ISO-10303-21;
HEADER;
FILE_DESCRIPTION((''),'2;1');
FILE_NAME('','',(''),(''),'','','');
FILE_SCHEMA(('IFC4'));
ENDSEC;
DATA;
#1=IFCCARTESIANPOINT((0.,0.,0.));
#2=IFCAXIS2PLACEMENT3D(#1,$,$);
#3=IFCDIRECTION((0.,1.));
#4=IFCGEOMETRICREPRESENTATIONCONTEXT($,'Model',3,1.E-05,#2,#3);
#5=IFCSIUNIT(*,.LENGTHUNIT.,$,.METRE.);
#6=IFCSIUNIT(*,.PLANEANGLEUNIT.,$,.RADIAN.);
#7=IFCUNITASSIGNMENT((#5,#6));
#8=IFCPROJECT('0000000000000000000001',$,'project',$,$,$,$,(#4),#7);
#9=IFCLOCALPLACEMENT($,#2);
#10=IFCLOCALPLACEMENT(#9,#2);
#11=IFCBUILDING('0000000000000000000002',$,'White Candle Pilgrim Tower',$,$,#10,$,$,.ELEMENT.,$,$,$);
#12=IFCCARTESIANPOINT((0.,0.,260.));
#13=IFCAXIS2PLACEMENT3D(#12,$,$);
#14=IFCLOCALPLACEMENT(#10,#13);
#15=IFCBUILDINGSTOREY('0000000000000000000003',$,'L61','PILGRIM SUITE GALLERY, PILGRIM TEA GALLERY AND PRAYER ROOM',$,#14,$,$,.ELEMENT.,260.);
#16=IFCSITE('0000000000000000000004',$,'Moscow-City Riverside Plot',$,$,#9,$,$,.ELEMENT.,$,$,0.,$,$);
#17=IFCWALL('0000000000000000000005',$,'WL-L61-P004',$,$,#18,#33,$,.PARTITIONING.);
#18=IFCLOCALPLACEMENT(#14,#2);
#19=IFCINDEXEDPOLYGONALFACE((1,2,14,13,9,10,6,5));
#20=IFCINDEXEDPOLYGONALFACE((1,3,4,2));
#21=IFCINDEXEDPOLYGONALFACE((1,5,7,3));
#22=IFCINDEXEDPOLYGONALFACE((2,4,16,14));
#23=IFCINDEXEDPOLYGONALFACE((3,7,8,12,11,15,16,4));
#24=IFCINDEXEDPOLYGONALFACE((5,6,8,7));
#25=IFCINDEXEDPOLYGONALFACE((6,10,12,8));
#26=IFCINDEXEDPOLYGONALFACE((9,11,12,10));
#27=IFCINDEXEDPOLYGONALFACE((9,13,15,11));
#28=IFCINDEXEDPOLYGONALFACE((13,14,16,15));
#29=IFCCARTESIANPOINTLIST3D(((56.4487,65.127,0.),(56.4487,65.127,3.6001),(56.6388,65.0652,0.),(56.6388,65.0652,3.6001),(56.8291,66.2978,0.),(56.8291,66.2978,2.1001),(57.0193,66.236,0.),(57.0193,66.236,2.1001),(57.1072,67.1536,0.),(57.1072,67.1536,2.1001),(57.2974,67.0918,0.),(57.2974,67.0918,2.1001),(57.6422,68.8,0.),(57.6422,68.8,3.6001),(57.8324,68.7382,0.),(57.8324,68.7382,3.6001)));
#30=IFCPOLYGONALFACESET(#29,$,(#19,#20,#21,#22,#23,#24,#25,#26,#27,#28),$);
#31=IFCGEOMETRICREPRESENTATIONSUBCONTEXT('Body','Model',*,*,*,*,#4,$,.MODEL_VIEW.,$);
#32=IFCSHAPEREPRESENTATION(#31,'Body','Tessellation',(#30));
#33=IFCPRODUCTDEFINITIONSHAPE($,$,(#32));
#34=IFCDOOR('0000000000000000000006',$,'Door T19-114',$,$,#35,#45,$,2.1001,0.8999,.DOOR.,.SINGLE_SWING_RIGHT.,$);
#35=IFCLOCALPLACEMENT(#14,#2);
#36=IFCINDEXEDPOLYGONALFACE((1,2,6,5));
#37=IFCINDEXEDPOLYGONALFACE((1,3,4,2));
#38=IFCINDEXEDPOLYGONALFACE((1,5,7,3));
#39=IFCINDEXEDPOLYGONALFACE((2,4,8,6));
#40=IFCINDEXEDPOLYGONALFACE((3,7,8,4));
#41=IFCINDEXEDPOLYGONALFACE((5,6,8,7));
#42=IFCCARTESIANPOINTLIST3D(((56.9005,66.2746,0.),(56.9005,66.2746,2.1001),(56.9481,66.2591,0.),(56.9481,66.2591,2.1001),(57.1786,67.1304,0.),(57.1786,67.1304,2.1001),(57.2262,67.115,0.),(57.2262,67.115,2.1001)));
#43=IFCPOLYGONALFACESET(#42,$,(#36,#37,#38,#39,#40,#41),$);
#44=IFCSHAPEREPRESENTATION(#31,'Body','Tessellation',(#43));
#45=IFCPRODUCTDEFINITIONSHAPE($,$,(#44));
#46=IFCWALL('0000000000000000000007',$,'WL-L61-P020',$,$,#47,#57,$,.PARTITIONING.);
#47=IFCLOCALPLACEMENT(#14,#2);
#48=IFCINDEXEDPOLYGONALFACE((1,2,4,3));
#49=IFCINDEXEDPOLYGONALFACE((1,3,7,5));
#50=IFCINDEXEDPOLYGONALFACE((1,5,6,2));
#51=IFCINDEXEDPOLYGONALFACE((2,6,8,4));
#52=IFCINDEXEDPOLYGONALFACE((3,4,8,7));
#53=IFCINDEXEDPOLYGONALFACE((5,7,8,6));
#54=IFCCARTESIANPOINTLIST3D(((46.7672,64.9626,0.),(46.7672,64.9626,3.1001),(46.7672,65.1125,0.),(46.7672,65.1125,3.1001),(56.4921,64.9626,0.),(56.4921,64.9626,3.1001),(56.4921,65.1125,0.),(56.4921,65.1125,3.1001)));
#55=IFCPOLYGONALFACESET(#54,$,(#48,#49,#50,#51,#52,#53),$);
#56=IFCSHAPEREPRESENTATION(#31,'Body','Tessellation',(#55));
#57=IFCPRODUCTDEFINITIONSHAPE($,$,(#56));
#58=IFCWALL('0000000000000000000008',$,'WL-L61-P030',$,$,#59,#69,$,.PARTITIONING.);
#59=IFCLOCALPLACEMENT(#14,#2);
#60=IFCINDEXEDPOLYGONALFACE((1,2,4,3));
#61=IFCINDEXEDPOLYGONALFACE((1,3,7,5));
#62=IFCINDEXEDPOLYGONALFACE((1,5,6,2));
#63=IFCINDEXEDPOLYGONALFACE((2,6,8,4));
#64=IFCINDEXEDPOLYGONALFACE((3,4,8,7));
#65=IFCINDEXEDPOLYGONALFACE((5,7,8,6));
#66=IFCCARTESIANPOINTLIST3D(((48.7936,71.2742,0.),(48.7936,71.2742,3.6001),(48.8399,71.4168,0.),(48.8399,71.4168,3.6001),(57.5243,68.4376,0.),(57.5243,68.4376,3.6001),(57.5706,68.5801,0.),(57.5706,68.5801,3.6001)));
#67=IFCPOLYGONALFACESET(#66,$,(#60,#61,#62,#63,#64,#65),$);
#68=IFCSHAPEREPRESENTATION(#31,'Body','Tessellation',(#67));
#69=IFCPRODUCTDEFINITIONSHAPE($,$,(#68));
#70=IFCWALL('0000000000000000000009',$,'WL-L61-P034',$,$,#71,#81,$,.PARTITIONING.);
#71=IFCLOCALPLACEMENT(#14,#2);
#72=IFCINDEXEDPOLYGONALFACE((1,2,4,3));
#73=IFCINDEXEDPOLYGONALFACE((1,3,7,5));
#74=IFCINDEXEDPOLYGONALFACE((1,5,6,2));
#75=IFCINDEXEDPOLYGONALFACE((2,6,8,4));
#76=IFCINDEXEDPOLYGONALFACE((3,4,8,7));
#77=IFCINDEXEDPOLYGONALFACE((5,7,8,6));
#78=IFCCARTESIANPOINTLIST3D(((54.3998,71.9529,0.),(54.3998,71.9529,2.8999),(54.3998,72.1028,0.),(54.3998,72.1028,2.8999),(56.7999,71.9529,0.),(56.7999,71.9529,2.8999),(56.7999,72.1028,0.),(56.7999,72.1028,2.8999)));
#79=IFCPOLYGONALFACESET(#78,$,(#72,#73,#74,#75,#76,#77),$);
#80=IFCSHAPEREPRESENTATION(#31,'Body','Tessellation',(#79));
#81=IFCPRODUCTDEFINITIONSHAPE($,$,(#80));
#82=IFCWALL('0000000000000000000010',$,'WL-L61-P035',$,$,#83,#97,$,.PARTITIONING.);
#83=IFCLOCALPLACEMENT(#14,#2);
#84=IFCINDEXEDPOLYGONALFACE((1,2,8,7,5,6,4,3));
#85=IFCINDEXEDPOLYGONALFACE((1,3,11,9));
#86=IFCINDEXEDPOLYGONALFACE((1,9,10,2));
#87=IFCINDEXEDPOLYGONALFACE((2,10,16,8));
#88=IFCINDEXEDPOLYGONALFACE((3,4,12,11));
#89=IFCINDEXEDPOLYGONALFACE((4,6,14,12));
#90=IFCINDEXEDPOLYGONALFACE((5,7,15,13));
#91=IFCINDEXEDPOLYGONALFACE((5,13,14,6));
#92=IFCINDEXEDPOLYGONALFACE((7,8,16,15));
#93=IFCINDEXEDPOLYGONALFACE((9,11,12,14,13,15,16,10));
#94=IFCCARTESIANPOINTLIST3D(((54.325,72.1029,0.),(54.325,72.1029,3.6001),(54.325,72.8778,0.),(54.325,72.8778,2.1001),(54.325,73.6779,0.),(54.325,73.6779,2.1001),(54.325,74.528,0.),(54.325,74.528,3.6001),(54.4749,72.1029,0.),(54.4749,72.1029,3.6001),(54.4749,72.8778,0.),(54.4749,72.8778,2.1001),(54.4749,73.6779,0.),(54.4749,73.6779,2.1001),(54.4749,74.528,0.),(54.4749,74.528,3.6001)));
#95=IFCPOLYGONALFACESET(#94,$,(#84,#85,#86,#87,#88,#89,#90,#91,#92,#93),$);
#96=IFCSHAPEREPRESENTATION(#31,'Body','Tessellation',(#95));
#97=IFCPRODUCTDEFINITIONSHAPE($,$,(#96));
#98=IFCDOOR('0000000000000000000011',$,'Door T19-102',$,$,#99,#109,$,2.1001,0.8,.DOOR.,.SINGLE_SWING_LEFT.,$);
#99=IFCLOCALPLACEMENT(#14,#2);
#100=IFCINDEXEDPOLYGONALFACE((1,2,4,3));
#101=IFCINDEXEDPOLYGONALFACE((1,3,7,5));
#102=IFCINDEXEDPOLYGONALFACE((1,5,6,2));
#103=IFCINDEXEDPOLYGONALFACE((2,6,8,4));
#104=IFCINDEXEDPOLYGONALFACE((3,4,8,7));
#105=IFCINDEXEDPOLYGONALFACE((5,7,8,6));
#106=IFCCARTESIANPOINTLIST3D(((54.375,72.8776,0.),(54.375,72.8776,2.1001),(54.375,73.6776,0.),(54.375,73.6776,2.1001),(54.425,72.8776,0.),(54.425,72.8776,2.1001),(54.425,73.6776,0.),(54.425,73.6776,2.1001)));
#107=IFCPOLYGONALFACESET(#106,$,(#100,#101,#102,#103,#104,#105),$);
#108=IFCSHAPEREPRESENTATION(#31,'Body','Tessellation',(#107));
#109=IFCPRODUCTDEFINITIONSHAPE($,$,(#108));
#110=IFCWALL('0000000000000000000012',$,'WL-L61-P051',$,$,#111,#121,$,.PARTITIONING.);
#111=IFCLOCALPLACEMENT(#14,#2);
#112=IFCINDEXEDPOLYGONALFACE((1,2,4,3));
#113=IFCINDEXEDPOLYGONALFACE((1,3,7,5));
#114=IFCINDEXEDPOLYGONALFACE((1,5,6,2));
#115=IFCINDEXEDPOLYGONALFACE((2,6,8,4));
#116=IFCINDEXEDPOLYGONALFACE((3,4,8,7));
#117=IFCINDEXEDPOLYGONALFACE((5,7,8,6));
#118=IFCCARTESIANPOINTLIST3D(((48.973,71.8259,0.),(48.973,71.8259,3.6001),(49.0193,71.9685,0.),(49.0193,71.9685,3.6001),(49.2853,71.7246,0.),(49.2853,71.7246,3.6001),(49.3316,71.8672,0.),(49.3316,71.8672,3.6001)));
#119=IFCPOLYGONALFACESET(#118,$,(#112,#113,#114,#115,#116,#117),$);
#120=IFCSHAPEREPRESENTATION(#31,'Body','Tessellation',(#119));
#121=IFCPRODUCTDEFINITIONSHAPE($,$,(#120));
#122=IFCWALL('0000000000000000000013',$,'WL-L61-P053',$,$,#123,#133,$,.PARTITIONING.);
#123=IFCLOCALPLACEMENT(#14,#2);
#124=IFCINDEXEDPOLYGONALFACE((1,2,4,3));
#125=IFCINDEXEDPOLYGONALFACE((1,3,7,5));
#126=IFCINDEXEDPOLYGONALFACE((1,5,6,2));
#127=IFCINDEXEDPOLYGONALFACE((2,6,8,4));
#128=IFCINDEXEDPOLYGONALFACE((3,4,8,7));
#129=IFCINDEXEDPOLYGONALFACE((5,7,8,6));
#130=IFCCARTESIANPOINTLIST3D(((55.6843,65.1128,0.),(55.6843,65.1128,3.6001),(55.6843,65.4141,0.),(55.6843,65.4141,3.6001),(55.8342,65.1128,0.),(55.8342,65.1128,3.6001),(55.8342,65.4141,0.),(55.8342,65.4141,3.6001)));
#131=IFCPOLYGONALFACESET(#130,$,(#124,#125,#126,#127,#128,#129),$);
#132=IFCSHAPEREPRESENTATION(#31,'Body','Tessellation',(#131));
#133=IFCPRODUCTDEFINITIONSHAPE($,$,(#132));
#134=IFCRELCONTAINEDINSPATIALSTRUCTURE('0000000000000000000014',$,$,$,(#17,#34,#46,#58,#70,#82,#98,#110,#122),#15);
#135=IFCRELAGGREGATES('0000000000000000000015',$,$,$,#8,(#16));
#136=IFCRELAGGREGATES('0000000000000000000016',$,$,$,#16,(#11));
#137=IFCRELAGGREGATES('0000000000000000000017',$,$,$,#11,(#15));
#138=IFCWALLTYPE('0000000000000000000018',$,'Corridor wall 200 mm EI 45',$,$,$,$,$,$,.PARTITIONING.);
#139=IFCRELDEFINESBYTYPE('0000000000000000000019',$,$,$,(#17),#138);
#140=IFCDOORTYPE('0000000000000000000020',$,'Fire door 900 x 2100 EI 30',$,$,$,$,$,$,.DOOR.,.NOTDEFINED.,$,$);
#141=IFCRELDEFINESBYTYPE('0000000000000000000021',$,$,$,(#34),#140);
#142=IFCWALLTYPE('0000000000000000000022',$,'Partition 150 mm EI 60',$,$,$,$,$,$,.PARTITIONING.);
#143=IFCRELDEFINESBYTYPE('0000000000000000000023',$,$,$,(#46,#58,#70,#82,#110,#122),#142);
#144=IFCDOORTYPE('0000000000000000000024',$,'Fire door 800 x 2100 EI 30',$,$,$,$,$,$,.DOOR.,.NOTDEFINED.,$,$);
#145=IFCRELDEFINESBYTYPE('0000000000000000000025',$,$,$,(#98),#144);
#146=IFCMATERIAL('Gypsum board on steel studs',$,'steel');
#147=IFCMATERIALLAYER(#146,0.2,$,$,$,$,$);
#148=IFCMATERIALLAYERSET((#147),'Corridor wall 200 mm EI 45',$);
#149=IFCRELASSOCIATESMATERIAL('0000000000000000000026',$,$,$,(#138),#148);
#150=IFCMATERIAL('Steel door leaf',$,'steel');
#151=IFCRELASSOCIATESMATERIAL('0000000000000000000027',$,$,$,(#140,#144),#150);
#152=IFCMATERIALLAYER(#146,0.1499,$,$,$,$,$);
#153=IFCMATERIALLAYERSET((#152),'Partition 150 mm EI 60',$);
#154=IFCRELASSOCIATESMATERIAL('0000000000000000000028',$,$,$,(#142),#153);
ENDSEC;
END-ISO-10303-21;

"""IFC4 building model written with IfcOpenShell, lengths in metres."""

from ifc_helpers import new_model, si_unit, direction, frame, frame_2d, origin, place, context, subcontext, project, spatial, rectangle, extrude, material, layer, layer_set, type_object, element, fill, save


model = new_model("IFC4")

# Units and contexts
model_context = context("Model", 3, precision=1e-05, world=origin(), true_north=direction((0.0, 1.0)))
body_context = subcontext(model_context, "Body", "Model", "MODEL_VIEW")
ifc_project = project(units=[si_unit("LENGTHUNIT", "METRE"), si_unit("PLANEANGLEUNIT", "RADIAN")], contexts=[model_context])

# Site, building, storey
site_placement = place(None, origin())
site = spatial("IfcSite", under=ifc_project, at=site_placement, Name="Moscow-City Riverside Plot", CompositionType="ELEMENT", RefElevation=0.0)
building_placement = place(site_placement, origin())
building = spatial("IfcBuilding", under=site, at=building_placement, Name="White Candle Pilgrim Tower", CompositionType="ELEMENT")
storey_placement = place(building_placement, frame((0.0, 0.0, 260.0)))
storey = spatial("IfcBuildingStorey", under=building, at=storey_placement, Name="L61", Description="PILGRIM SUITE GALLERY, PILGRIM TEA GALLERY AND PRAYER ROOM", CompositionType="ELEMENT", Elevation=260.0)

# Wall, opening, door
ifc_material_1 = material(Name="Gypsum board on steel studs", Category="steel")
ifc_layer_1 = layer(ifc_material_1, 0.2)
ifc_layer_set_1 = layer_set([ifc_layer_1], Name="Corridor wall 200 mm EI 45")
wall_type_1 = type_object("IfcWallType", Name="Corridor wall 200 mm EI 45", PredefinedType="PARTITIONING", material=ifc_layer_set_1)
wall_1_placement = place(storey_placement, frame((56.5437, 65.0959, 0.0), z_axis=(0.0, 0.0, 1.0), x_axis=(0.30905, 0.951046, 0.0)))
wall_1 = element("IfcWall", 1, at=wall_1_placement, inside=storey, type_object=wall_type_1, Name="WL-L61-P004", PredefinedType="PARTITIONING", context=body_context, shape_type="SweptSolid", body=[
    extrude(rectangle(XDim=3.8621, YDim=0.2, at=frame_2d((1.9312, 0.0))), origin(), (0.0, 0.0, 1.0), 3.6001),
])
opening_1_placement = place(wall_1_placement, frame((1.2312, 0.0, 0.0)))
opening_1 = element("IfcOpeningElement", 2, at=opening_1_placement, cuts=wall_1, PredefinedType="OPENING", context=body_context, shape_type="SweptSolid", body=[
    extrude(rectangle(XDim=0.8999, YDim=2.1001, at=frame_2d((0.45, 1.05))), frame((0.0, 0.1099, 0.0), z_axis=(0.0, -1.0, 0.0), x_axis=(1.0, 0.0, 0.0)), (0.0, 0.0, 1.0), 0.22),
])
ifc_material_2 = material(Name="Steel door leaf", Category="steel")
door_type_1 = type_object("IfcDoorType", Name="Fire door 900 x 2100 EI 30", OperationType="NOTDEFINED", PredefinedType="DOOR", material=ifc_material_2)
door_1_placement = place(opening_1_placement, origin())
door_1 = element("IfcDoor", 3, at=door_1_placement, inside=storey, type_object=door_type_1, Name="Door T19-114", OperationType="SINGLE_SWING_RIGHT", OverallHeight=2.1001, OverallWidth=0.8999, PredefinedType="DOOR", context=body_context, shape_type="SweptSolid", body=[
    extrude(rectangle(XDim=0.8999, YDim=2.1001, at=frame_2d((0.45, 1.05))), frame((0.0, 0.0249, 0.0), z_axis=(0.0, -1.0, 0.0), x_axis=(1.0, 0.0, 0.0)), (0.0, 0.0, 1.0), 0.05),
])
fill(opening_1, door_1)

# Walls
ifc_layer_2 = layer(ifc_material_1, 0.1499)
ifc_layer_set_2 = layer_set([ifc_layer_2], Name="Partition 150 mm EI 60")
wall_type_2 = type_object("IfcWallType", Name="Partition 150 mm EI 60", PredefinedType="PARTITIONING", material=ifc_layer_set_2)
wall_2_placement = place(storey_placement, frame((46.7673, 65.0376, 0.0), z_axis=(0.0, 0.0, 1.0), x_axis=(1.0, 0.0, 0.0)))
element("IfcWall", 4, at=wall_2_placement, inside=storey, type_object=wall_type_2, Name="WL-L61-P020", PredefinedType="PARTITIONING", context=body_context, shape_type="SweptSolid", body=[
    extrude(rectangle(XDim=9.7249, YDim=0.1499, at=frame_2d((4.8623, 0.0))), origin(), (0.0, 0.0, 1.0), 3.1001),
])
wall_3_placement = place(storey_placement, frame((48.8169, 71.3455, 0.0), z_axis=(0.0, 0.0, 1.0), x_axis=(0.95106, -0.309006, 0.0)))
element("IfcWall", 5, at=wall_3_placement, inside=storey, type_object=wall_type_2, Name="WL-L61-P030", PredefinedType="PARTITIONING", context=body_context, shape_type="SweptSolid", body=[
    extrude(rectangle(XDim=9.1799, YDim=0.1499, at=frame_2d((4.5898, 0.0))), origin(), (0.0, 0.0, 1.0), 3.6001),
])
wall_4_placement = place(storey_placement, frame((56.8, 72.0278, 0.0), z_axis=(0.0, 0.0, 1.0), x_axis=(-1.0, 0.0, 0.0)))
element("IfcWall", 6, at=wall_4_placement, inside=storey, type_object=wall_type_2, Name="WL-L61-P034", PredefinedType="PARTITIONING", context=body_context, shape_type="SweptSolid", body=[
    extrude(rectangle(XDim=2.4001, YDim=0.1499, at=frame_2d((1.2002, 0.0))), origin(), (0.0, 0.0, 1.0), 2.8999),
])

# Wall, opening, door
wall_5_placement = place(storey_placement, frame((54.3999, 74.5278, 0.0), z_axis=(0.0, 0.0, 1.0), x_axis=(0.0, -1.0, 0.0)))
wall_5 = element("IfcWall", 7, at=wall_5_placement, inside=storey, type_object=wall_type_2, Name="WL-L61-P035", PredefinedType="PARTITIONING", context=body_context, shape_type="SweptSolid", body=[
    extrude(rectangle(XDim=2.425, YDim=0.1499, at=frame_2d((1.2124, 0.0))), origin(), (0.0, 0.0, 1.0), 3.6001),
])
opening_2_placement = place(wall_5_placement, frame((0.8501, 0.0, 0.0)))
opening_2 = element("IfcOpeningElement", 8, at=opening_2_placement, cuts=wall_5, PredefinedType="OPENING", context=body_context, shape_type="SweptSolid", body=[
    extrude(rectangle(XDim=0.8, YDim=2.1001, at=frame_2d((0.3999, 1.05))), frame((0.0, 0.085, 0.0), z_axis=(0.0, -1.0, 0.0), x_axis=(1.0, 0.0, 0.0)), (0.0, 0.0, 1.0), 0.1699),
])
door_type_2 = type_object("IfcDoorType", Name="Fire door 800 x 2100 EI 30", OperationType="NOTDEFINED", PredefinedType="DOOR", material=ifc_material_2)
door_2_placement = place(opening_2_placement, frame((0.8, 0.0, 0.0), z_axis=(0.0, 0.0, 1.0), x_axis=(-1.0, 0.0, 0.0)))
door_2 = element("IfcDoor", 9, at=door_2_placement, inside=storey, type_object=door_type_2, Name="Door T19-102", OperationType="SINGLE_SWING_LEFT", OverallHeight=2.1001, OverallWidth=0.8, PredefinedType="DOOR", context=body_context, shape_type="SweptSolid", body=[
    extrude(rectangle(XDim=0.8, YDim=2.1001, at=frame_2d((0.3999, 1.05))), frame((0.0, 0.0249, 0.0), z_axis=(0.0, -1.0, 0.0), x_axis=(1.0, 0.0, 0.0)), (0.0, 0.0, 1.0), 0.05),
])
fill(opening_2, door_2)

# Walls
wall_6_placement = place(storey_placement, frame((49.3083, 71.7959, 0.0), z_axis=(0.0, 0.0, 1.0), x_axis=(-0.951182, 0.308632, 0.0)))
element("IfcWall", 10, at=wall_6_placement, inside=storey, type_object=wall_type_2, Name="WL-L61-P051", PredefinedType="PARTITIONING", context=body_context, shape_type="SweptSolid", body=[
    extrude(rectangle(XDim=0.3284, YDim=0.1499, at=frame_2d((0.1641, 0.0))), origin(), (0.0, 0.0, 1.0), 3.6001),
])
wall_7_placement = place(storey_placement, frame((55.7593, 65.4141, 0.0), z_axis=(0.0, 0.0, 1.0), x_axis=(0.0, -1.0, 0.0)))
element("IfcWall", 11, at=wall_7_placement, inside=storey, type_object=wall_type_2, Name="WL-L61-P053", PredefinedType="PARTITIONING", context=body_context, shape_type="SweptSolid", body=[
    extrude(rectangle(XDim=0.3013, YDim=0.1499, at=frame_2d((0.1506, 0.0))), origin(), (0.0, 0.0, 1.0), 3.6001),
])

save(model, "model.ifc")
